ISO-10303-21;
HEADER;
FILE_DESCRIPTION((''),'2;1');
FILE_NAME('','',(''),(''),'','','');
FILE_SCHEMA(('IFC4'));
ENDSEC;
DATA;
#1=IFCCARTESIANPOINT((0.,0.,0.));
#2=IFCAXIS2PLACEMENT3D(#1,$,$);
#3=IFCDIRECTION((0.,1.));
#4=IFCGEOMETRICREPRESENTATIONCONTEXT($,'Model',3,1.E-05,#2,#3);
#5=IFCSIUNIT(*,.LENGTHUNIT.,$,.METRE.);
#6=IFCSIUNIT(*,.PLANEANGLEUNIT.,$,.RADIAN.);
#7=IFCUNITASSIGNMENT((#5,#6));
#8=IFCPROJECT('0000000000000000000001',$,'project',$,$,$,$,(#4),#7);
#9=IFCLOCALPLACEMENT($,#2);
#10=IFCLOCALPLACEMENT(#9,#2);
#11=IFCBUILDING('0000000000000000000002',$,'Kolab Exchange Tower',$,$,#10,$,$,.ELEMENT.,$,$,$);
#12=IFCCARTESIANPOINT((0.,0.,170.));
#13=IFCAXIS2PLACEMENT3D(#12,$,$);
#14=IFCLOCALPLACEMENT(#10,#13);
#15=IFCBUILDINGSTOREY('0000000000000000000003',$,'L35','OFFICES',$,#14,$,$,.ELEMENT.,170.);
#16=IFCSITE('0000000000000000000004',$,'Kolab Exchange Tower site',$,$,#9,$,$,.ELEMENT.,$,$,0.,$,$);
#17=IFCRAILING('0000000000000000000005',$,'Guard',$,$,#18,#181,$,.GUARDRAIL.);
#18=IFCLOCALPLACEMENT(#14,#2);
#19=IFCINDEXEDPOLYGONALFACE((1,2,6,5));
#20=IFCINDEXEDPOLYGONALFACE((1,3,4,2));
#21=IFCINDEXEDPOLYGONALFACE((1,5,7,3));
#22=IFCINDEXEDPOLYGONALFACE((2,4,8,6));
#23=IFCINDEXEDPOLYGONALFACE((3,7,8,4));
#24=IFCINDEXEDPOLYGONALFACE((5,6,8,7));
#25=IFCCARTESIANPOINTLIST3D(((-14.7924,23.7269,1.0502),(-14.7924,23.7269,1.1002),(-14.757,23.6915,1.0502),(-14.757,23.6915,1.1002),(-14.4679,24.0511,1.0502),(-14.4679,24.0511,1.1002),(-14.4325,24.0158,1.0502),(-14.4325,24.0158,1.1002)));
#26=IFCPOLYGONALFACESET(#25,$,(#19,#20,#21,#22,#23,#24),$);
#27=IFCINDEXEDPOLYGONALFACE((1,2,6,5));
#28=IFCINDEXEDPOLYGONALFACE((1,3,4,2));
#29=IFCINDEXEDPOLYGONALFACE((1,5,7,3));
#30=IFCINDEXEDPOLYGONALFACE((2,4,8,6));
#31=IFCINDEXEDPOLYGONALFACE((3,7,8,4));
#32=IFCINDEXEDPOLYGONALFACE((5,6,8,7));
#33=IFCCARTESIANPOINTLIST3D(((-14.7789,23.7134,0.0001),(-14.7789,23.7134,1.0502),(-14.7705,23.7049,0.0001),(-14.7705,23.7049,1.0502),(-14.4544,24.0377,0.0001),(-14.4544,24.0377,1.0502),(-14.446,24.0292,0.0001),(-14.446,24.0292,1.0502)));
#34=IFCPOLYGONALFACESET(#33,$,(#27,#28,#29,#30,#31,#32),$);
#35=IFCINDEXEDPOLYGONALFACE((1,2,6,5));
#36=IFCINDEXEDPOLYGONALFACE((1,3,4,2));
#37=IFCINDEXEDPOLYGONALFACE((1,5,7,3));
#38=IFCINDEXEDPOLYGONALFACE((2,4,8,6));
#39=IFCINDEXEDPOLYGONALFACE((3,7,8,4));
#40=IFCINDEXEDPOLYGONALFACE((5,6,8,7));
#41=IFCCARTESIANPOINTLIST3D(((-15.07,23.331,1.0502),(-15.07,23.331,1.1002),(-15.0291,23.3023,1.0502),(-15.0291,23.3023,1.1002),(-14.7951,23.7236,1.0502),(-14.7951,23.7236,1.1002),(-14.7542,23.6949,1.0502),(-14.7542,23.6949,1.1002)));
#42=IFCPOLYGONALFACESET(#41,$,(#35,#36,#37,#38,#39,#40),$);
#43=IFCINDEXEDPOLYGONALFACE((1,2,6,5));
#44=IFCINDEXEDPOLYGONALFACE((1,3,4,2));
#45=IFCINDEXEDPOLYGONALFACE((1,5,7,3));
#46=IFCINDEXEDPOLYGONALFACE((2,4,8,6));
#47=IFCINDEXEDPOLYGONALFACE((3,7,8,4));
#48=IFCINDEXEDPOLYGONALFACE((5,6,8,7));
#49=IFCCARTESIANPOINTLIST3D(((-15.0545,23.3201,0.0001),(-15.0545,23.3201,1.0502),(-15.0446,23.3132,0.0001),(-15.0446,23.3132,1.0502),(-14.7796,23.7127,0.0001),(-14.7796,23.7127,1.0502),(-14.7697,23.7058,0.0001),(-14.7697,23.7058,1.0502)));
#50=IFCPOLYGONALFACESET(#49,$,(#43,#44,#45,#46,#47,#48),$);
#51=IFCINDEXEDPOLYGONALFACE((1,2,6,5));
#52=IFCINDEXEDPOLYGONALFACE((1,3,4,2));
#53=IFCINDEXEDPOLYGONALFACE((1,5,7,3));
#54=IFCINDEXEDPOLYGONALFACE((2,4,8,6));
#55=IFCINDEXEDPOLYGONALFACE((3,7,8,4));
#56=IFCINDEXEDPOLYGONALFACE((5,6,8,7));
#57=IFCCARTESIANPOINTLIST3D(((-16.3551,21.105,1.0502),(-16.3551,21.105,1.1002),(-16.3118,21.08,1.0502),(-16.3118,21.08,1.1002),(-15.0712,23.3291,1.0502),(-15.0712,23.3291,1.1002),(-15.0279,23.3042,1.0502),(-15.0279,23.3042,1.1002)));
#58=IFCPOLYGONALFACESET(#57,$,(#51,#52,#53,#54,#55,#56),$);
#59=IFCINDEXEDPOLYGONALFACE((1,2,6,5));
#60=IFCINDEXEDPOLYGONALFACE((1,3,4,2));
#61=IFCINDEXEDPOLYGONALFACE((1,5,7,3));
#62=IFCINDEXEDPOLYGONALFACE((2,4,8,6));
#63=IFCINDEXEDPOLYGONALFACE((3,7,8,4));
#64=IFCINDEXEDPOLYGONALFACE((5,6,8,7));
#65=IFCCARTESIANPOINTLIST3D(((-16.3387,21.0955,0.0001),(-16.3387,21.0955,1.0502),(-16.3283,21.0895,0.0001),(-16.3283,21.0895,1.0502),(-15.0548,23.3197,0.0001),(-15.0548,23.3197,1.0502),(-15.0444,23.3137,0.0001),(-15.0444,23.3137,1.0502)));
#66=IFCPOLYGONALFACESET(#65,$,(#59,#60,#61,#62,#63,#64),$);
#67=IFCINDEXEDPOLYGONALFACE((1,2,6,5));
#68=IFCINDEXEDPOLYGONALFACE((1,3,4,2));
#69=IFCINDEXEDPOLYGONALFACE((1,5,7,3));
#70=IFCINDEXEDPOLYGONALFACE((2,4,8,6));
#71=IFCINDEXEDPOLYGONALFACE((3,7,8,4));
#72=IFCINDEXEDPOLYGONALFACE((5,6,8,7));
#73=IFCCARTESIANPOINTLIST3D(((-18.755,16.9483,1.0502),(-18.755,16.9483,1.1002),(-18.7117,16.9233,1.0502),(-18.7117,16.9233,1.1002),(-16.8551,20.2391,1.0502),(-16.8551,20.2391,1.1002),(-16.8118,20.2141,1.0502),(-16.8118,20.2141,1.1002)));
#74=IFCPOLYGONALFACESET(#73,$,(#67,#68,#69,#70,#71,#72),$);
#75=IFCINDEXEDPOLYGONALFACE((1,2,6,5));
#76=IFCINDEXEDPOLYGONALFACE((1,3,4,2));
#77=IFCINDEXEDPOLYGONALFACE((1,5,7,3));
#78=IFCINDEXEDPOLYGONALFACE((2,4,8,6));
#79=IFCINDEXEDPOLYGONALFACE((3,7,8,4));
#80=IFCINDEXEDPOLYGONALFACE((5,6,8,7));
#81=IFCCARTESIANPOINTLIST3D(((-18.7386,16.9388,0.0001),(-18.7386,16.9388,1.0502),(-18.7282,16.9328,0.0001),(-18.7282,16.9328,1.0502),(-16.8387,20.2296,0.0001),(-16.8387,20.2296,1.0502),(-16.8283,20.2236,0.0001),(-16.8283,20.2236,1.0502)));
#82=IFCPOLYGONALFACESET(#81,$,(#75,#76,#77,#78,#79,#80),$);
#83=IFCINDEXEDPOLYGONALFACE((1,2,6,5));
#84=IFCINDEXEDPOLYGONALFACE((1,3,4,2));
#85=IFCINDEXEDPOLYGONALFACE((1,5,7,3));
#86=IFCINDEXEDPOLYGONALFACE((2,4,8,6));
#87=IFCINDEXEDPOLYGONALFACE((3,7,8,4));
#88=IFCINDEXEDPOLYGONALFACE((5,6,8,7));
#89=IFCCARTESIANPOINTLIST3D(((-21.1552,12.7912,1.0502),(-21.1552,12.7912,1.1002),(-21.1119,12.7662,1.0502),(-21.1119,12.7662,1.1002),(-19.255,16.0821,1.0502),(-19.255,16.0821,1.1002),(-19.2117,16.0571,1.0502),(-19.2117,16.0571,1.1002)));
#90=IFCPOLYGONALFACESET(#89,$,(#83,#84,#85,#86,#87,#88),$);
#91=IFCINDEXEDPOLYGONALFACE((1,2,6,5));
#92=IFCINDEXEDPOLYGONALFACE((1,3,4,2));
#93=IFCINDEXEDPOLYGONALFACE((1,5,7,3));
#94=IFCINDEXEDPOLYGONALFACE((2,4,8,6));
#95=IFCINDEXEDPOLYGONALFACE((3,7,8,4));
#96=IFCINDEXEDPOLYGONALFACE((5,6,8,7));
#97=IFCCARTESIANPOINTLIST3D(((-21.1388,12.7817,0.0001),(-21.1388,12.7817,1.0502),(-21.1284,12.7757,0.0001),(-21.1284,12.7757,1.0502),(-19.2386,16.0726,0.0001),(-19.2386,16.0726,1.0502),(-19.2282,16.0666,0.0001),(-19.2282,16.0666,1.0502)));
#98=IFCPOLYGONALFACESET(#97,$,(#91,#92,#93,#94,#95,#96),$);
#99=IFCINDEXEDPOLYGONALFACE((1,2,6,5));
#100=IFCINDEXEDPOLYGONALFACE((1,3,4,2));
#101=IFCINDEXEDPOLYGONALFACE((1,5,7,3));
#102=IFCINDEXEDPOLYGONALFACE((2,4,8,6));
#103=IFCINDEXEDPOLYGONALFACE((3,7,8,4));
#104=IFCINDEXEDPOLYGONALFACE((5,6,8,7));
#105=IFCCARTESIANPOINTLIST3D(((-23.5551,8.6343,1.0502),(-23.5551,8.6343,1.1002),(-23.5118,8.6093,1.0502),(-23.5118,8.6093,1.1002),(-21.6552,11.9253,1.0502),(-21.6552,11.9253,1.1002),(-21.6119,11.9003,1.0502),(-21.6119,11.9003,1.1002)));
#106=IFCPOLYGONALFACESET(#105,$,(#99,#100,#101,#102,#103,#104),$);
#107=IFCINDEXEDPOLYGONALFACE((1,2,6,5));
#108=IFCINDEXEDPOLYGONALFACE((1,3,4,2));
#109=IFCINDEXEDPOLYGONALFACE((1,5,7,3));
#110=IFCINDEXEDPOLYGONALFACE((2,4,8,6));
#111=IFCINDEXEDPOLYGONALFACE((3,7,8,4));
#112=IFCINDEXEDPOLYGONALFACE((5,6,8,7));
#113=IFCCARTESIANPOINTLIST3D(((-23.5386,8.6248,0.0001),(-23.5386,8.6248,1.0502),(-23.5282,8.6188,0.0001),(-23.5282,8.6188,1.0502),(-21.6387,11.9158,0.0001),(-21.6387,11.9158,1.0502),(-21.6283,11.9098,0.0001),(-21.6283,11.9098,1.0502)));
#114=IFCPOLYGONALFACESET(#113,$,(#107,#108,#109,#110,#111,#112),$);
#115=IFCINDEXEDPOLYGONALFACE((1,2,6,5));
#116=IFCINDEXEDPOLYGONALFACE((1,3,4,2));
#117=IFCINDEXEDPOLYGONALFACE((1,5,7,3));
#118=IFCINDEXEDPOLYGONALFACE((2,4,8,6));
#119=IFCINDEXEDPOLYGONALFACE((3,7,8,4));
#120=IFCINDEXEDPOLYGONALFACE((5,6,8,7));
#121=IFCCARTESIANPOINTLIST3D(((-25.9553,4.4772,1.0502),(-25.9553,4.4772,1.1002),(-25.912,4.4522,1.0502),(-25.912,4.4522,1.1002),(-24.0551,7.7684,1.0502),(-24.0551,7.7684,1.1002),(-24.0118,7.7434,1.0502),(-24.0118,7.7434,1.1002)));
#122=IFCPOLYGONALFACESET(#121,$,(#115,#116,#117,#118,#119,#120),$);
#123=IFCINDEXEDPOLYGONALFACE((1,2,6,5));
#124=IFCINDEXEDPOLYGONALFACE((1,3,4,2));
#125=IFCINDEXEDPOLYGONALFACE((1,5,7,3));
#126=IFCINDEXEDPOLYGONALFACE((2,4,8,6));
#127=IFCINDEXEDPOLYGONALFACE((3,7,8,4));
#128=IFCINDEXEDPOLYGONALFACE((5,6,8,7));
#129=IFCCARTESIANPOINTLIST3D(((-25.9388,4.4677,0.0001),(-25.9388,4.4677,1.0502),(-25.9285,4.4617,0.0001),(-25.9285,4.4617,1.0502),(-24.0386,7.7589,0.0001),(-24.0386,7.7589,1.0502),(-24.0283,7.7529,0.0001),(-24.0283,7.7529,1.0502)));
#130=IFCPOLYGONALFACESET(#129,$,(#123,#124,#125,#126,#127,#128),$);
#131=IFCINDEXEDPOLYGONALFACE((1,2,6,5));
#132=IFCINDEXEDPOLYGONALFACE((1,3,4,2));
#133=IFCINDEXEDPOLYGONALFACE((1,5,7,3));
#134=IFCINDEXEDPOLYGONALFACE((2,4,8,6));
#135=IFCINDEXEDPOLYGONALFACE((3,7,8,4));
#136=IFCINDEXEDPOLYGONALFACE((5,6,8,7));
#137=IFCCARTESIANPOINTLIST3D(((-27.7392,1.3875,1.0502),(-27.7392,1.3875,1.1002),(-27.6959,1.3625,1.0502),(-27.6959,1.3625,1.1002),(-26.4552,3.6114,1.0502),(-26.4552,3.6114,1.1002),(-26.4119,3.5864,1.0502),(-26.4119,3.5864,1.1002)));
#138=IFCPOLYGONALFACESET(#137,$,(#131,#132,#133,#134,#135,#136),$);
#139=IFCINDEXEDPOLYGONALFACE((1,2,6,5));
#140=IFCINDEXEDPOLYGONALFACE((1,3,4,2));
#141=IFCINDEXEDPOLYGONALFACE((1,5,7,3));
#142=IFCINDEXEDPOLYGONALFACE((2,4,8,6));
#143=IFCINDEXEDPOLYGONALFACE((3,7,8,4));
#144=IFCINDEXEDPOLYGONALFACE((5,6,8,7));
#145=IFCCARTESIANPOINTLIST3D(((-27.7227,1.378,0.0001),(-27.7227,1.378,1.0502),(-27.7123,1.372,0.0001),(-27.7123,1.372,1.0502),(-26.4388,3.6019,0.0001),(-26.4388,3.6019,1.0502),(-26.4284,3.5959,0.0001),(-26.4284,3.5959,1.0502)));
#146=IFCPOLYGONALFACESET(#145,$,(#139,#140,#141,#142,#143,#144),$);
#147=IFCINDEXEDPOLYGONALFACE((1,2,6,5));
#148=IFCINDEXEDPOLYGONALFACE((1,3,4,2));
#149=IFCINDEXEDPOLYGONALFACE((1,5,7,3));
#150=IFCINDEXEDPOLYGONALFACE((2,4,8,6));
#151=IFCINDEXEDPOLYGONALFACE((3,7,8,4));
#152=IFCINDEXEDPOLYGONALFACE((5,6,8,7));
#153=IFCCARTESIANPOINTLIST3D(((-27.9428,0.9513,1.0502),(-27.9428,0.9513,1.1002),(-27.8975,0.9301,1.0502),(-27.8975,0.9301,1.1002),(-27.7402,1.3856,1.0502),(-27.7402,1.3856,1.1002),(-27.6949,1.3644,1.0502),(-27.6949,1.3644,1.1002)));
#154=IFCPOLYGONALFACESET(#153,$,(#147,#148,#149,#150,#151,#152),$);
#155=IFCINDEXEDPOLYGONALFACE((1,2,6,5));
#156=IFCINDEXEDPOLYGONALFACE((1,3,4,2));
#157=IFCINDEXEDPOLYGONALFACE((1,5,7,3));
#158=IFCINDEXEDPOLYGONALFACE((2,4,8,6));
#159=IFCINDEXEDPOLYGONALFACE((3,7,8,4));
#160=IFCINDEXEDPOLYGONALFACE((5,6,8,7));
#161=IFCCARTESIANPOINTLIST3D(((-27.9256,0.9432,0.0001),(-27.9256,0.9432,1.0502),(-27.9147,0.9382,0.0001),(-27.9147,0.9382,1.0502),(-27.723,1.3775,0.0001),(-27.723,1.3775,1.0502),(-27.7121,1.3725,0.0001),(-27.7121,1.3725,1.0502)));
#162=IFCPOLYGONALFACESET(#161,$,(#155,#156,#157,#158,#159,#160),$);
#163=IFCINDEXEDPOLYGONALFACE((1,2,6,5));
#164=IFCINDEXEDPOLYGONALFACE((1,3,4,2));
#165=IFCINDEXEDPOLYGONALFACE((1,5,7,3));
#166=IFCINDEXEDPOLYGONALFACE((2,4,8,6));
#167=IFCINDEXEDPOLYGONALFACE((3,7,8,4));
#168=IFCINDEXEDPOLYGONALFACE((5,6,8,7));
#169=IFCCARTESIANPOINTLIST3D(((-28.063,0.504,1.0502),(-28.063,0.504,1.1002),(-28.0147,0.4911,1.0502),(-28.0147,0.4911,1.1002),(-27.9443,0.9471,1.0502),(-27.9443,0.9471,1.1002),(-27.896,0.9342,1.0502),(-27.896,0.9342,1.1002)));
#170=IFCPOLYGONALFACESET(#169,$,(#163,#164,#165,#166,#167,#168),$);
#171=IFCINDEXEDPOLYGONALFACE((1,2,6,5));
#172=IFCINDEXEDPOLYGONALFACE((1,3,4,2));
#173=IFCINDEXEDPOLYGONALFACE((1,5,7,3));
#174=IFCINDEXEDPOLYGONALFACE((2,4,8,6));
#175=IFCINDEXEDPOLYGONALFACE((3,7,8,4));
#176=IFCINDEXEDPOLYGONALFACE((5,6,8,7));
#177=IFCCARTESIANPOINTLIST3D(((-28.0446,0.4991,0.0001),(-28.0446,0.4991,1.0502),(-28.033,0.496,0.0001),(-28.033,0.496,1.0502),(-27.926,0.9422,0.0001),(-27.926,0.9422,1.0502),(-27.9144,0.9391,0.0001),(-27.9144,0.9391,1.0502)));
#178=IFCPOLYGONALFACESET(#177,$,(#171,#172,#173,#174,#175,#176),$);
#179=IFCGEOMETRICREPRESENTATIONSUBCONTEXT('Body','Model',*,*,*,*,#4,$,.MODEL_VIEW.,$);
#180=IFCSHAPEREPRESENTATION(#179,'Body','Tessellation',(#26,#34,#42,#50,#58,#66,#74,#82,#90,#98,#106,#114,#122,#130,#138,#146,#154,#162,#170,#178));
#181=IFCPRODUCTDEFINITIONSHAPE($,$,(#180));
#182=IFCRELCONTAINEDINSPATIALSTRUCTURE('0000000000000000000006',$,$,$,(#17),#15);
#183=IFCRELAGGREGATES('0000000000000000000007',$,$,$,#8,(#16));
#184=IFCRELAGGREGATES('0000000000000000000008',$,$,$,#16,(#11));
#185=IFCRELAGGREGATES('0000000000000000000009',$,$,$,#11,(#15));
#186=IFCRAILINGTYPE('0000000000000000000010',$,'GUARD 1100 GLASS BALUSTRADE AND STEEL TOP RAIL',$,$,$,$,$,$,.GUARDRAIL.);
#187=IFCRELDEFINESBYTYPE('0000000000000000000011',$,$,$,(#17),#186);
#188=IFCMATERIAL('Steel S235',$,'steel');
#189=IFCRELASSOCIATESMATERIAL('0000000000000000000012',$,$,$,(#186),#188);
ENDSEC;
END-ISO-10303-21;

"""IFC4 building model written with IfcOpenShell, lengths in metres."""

from ifc_helpers import new_model, si_unit, direction, frame, frame_2d, origin, origin_2d, place, context, subcontext, project, spatial, rectangle, extrude, material, type_object, element, save


model = new_model("IFC4")

# Units and contexts
model_context = context("Model", 3, precision=1e-05, world=origin(), true_north=direction((0.0, 1.0)))
body_context = subcontext(model_context, "Body", "Model", "MODEL_VIEW")
ifc_project = project(units=[si_unit("LENGTHUNIT", "METRE"), si_unit("PLANEANGLEUNIT", "RADIAN")], contexts=[model_context])

# Site, building, storey
site_placement = place(None, origin())
site = spatial("IfcSite", under=ifc_project, at=site_placement, Name="Kolab Exchange Tower site", CompositionType="ELEMENT", RefElevation=0.0)
building_placement = place(site_placement, origin())
building = spatial("IfcBuilding", under=site, at=building_placement, Name="Kolab Exchange Tower", CompositionType="ELEMENT")
storey_placement = place(building_placement, frame((0.0, 0.0, 170.0)))
storey = spatial("IfcBuildingStorey", under=building, at=storey_placement, Name="L35", Description="OFFICES", CompositionType="ELEMENT", Elevation=170.0)

# Shared definitions
ifc_material_1 = material(Name="Steel S235", Category="steel")

# Railing
railing_type = type_object("IfcRailingType", Name="GUARD 1100 GLASS BALUSTRADE AND STEEL TOP RAIL", PredefinedType="GUARDRAIL", material=ifc_material_1)
railing_placement = place(storey_placement, frame((-14.4502, 24.0334, 0.0)))
element("IfcRailing", 1, at=railing_placement, inside=storey, type_object=railing_type, Name="Guard", PredefinedType="GUARDRAIL", context=body_context, shape_type="SweptSolid", body=[
    extrude(rectangle(XDim=0.05, YDim=0.05, at=origin_2d()), frame((0.0, 0.0, 1.0752), z_axis=(-0.707373, -0.706841, 0.0), x_axis=(0.706841, -0.707373, 0.0)), (0.0, 0.0, 1.0), 0.4587),
    extrude(rectangle(XDim=0.012, YDim=1.0501, at=frame_2d((0.0, 0.5251))), frame((0.0, 0.0, 0.0), z_axis=(-0.707373, -0.706841, 0.0), x_axis=(0.706841, -0.707373, 0.0)), (0.0, 0.0, 1.0), 0.4587),
    extrude(rectangle(XDim=0.05, YDim=0.05, at=origin_2d()), frame((-0.3245, -0.3242, 1.0752), z_axis=(-0.573599, -0.819136, 0.0), x_axis=(0.819136, -0.573599, 0.0)), (0.0, 0.0, 1.0), 0.4792),
    extrude(rectangle(XDim=0.012, YDim=1.0501, at=frame_2d((0.0, 0.5251))), frame((-0.3245, -0.3242, 0.0), z_axis=(-0.573599, -0.819136, 0.0), x_axis=(0.819136, -0.573599, 0.0)), (0.0, 0.0, 1.0), 0.4792),
    extrude(rectangle(XDim=0.05, YDim=0.05, at=origin_2d()), frame((-0.5994, -0.7168, 1.0752), z_axis=(-0.499953, -0.866053, 0.0), x_axis=(0.866053, -0.499953, 0.0)), (0.0, 0.0, 1.0), 2.5681),
    extrude(rectangle(XDim=0.012, YDim=1.0501, at=frame_2d((0.0, 0.5251))), frame((-0.5994, -0.7168, 0.0), z_axis=(-0.499953, -0.866053, 0.0), x_axis=(0.866053, -0.499953, 0.0)), (0.0, 0.0, 1.0), 2.5681),
    extrude(rectangle(XDim=0.05, YDim=0.05, at=origin_2d()), frame((-2.3833, -3.8069, 1.0752), z_axis=(-0.499995, -0.866028, 0.0), x_axis=(0.866028, -0.499995, 0.0)), (0.0, 0.0, 1.0), 3.7998),
    extrude(rectangle(XDim=0.012, YDim=1.0501, at=frame_2d((0.0, 0.5251))), frame((-2.3833, -3.8069, 0.0), z_axis=(-0.499995, -0.866028, 0.0), x_axis=(0.866028, -0.499995, 0.0)), (0.0, 0.0, 1.0), 3.7998),
    extrude(rectangle(XDim=0.05, YDim=0.05, at=origin_2d()), frame((-4.7832, -7.9639, 1.0752), z_axis=(-0.500043, -0.866, 0.0), x_axis=(0.866, -0.500043, 0.0)), (0.0, 0.0, 1.0), 3.8),
    extrude(rectangle(XDim=0.012, YDim=1.0501, at=frame_2d((0.0, 0.5251))), frame((-4.7832, -7.9639, 0.0), z_axis=(-0.500043, -0.866, 0.0), x_axis=(0.866, -0.500043, 0.0)), (0.0, 0.0, 1.0), 3.8),
    extrude(rectangle(XDim=0.05, YDim=0.05, at=origin_2d()), frame((-7.1833, -12.1206, 1.0752), z_axis=(-0.499967, -0.866044, 0.0), x_axis=(0.866044, -0.499967, 0.0)), (0.0, 0.0, 1.0), 3.8),
    extrude(rectangle(XDim=0.012, YDim=1.0501, at=frame_2d((0.0, 0.5251))), frame((-7.1833, -12.1206, 0.0), z_axis=(-0.499967, -0.866044, 0.0), x_axis=(0.866044, -0.499967, 0.0)), (0.0, 0.0, 1.0), 3.8),
    extrude(rectangle(XDim=0.05, YDim=0.05, at=origin_2d()), frame((-9.5833, -16.2776, 1.0752), z_axis=(-0.500015, -0.866017, 0.0), x_axis=(0.866017, -0.500015, 0.0)), (0.0, 0.0, 1.0), 3.8003),
    extrude(rectangle(XDim=0.012, YDim=1.0501, at=frame_2d((0.0, 0.5251))), frame((-9.5833, -16.2776, 0.0), z_axis=(-0.500015, -0.866017, 0.0), x_axis=(0.866017, -0.500015, 0.0)), (0.0, 0.0, 1.0), 3.8003),
    extrude(rectangle(XDim=0.05, YDim=0.05, at=origin_2d()), frame((-11.9834, -20.4346, 1.0752), z_axis=(-0.499994, -0.866029, 0.0), x_axis=(0.866029, -0.499994, 0.0)), (0.0, 0.0, 1.0), 2.5679),
    extrude(rectangle(XDim=0.012, YDim=1.0501, at=frame_2d((0.0, 0.5251))), frame((-11.9834, -20.4346, 0.0), z_axis=(-0.499994, -0.866029, 0.0), x_axis=(0.866029, -0.499994, 0.0)), (0.0, 0.0, 1.0), 2.5679),
    extrude(rectangle(XDim=0.05, YDim=0.05, at=origin_2d()), frame((-13.2673, -22.6584, 1.0752), z_axis=(-0.422802, -0.906222, 0.0), x_axis=(0.906222, -0.422802, 0.0)), (0.0, 0.0, 1.0), 0.4792),
    extrude(rectangle(XDim=0.012, YDim=1.0501, at=frame_2d((0.0, 0.5251))), frame((-13.2673, -22.6584, 0.0), z_axis=(-0.422802, -0.906222, 0.0), x_axis=(0.906222, -0.422802, 0.0)), (0.0, 0.0, 1.0), 0.4792),
    extrude(rectangle(XDim=0.05, YDim=0.05, at=origin_2d()), frame((-13.47, -23.0928, 1.0752), z_axis=(-0.258656, -0.965969, 0.0), x_axis=(0.965969, -0.258656, 0.0)), (0.0, 0.0, 1.0), 0.4587),
    extrude(rectangle(XDim=0.012, YDim=1.0501, at=frame_2d((0.0, 0.5251))), frame((-13.47, -23.0928, 0.0), z_axis=(-0.258656, -0.965969, 0.0), x_axis=(0.965969, -0.258656, 0.0)), (0.0, 0.0, 1.0), 0.4587),
])

save(model, "model.ifc")
